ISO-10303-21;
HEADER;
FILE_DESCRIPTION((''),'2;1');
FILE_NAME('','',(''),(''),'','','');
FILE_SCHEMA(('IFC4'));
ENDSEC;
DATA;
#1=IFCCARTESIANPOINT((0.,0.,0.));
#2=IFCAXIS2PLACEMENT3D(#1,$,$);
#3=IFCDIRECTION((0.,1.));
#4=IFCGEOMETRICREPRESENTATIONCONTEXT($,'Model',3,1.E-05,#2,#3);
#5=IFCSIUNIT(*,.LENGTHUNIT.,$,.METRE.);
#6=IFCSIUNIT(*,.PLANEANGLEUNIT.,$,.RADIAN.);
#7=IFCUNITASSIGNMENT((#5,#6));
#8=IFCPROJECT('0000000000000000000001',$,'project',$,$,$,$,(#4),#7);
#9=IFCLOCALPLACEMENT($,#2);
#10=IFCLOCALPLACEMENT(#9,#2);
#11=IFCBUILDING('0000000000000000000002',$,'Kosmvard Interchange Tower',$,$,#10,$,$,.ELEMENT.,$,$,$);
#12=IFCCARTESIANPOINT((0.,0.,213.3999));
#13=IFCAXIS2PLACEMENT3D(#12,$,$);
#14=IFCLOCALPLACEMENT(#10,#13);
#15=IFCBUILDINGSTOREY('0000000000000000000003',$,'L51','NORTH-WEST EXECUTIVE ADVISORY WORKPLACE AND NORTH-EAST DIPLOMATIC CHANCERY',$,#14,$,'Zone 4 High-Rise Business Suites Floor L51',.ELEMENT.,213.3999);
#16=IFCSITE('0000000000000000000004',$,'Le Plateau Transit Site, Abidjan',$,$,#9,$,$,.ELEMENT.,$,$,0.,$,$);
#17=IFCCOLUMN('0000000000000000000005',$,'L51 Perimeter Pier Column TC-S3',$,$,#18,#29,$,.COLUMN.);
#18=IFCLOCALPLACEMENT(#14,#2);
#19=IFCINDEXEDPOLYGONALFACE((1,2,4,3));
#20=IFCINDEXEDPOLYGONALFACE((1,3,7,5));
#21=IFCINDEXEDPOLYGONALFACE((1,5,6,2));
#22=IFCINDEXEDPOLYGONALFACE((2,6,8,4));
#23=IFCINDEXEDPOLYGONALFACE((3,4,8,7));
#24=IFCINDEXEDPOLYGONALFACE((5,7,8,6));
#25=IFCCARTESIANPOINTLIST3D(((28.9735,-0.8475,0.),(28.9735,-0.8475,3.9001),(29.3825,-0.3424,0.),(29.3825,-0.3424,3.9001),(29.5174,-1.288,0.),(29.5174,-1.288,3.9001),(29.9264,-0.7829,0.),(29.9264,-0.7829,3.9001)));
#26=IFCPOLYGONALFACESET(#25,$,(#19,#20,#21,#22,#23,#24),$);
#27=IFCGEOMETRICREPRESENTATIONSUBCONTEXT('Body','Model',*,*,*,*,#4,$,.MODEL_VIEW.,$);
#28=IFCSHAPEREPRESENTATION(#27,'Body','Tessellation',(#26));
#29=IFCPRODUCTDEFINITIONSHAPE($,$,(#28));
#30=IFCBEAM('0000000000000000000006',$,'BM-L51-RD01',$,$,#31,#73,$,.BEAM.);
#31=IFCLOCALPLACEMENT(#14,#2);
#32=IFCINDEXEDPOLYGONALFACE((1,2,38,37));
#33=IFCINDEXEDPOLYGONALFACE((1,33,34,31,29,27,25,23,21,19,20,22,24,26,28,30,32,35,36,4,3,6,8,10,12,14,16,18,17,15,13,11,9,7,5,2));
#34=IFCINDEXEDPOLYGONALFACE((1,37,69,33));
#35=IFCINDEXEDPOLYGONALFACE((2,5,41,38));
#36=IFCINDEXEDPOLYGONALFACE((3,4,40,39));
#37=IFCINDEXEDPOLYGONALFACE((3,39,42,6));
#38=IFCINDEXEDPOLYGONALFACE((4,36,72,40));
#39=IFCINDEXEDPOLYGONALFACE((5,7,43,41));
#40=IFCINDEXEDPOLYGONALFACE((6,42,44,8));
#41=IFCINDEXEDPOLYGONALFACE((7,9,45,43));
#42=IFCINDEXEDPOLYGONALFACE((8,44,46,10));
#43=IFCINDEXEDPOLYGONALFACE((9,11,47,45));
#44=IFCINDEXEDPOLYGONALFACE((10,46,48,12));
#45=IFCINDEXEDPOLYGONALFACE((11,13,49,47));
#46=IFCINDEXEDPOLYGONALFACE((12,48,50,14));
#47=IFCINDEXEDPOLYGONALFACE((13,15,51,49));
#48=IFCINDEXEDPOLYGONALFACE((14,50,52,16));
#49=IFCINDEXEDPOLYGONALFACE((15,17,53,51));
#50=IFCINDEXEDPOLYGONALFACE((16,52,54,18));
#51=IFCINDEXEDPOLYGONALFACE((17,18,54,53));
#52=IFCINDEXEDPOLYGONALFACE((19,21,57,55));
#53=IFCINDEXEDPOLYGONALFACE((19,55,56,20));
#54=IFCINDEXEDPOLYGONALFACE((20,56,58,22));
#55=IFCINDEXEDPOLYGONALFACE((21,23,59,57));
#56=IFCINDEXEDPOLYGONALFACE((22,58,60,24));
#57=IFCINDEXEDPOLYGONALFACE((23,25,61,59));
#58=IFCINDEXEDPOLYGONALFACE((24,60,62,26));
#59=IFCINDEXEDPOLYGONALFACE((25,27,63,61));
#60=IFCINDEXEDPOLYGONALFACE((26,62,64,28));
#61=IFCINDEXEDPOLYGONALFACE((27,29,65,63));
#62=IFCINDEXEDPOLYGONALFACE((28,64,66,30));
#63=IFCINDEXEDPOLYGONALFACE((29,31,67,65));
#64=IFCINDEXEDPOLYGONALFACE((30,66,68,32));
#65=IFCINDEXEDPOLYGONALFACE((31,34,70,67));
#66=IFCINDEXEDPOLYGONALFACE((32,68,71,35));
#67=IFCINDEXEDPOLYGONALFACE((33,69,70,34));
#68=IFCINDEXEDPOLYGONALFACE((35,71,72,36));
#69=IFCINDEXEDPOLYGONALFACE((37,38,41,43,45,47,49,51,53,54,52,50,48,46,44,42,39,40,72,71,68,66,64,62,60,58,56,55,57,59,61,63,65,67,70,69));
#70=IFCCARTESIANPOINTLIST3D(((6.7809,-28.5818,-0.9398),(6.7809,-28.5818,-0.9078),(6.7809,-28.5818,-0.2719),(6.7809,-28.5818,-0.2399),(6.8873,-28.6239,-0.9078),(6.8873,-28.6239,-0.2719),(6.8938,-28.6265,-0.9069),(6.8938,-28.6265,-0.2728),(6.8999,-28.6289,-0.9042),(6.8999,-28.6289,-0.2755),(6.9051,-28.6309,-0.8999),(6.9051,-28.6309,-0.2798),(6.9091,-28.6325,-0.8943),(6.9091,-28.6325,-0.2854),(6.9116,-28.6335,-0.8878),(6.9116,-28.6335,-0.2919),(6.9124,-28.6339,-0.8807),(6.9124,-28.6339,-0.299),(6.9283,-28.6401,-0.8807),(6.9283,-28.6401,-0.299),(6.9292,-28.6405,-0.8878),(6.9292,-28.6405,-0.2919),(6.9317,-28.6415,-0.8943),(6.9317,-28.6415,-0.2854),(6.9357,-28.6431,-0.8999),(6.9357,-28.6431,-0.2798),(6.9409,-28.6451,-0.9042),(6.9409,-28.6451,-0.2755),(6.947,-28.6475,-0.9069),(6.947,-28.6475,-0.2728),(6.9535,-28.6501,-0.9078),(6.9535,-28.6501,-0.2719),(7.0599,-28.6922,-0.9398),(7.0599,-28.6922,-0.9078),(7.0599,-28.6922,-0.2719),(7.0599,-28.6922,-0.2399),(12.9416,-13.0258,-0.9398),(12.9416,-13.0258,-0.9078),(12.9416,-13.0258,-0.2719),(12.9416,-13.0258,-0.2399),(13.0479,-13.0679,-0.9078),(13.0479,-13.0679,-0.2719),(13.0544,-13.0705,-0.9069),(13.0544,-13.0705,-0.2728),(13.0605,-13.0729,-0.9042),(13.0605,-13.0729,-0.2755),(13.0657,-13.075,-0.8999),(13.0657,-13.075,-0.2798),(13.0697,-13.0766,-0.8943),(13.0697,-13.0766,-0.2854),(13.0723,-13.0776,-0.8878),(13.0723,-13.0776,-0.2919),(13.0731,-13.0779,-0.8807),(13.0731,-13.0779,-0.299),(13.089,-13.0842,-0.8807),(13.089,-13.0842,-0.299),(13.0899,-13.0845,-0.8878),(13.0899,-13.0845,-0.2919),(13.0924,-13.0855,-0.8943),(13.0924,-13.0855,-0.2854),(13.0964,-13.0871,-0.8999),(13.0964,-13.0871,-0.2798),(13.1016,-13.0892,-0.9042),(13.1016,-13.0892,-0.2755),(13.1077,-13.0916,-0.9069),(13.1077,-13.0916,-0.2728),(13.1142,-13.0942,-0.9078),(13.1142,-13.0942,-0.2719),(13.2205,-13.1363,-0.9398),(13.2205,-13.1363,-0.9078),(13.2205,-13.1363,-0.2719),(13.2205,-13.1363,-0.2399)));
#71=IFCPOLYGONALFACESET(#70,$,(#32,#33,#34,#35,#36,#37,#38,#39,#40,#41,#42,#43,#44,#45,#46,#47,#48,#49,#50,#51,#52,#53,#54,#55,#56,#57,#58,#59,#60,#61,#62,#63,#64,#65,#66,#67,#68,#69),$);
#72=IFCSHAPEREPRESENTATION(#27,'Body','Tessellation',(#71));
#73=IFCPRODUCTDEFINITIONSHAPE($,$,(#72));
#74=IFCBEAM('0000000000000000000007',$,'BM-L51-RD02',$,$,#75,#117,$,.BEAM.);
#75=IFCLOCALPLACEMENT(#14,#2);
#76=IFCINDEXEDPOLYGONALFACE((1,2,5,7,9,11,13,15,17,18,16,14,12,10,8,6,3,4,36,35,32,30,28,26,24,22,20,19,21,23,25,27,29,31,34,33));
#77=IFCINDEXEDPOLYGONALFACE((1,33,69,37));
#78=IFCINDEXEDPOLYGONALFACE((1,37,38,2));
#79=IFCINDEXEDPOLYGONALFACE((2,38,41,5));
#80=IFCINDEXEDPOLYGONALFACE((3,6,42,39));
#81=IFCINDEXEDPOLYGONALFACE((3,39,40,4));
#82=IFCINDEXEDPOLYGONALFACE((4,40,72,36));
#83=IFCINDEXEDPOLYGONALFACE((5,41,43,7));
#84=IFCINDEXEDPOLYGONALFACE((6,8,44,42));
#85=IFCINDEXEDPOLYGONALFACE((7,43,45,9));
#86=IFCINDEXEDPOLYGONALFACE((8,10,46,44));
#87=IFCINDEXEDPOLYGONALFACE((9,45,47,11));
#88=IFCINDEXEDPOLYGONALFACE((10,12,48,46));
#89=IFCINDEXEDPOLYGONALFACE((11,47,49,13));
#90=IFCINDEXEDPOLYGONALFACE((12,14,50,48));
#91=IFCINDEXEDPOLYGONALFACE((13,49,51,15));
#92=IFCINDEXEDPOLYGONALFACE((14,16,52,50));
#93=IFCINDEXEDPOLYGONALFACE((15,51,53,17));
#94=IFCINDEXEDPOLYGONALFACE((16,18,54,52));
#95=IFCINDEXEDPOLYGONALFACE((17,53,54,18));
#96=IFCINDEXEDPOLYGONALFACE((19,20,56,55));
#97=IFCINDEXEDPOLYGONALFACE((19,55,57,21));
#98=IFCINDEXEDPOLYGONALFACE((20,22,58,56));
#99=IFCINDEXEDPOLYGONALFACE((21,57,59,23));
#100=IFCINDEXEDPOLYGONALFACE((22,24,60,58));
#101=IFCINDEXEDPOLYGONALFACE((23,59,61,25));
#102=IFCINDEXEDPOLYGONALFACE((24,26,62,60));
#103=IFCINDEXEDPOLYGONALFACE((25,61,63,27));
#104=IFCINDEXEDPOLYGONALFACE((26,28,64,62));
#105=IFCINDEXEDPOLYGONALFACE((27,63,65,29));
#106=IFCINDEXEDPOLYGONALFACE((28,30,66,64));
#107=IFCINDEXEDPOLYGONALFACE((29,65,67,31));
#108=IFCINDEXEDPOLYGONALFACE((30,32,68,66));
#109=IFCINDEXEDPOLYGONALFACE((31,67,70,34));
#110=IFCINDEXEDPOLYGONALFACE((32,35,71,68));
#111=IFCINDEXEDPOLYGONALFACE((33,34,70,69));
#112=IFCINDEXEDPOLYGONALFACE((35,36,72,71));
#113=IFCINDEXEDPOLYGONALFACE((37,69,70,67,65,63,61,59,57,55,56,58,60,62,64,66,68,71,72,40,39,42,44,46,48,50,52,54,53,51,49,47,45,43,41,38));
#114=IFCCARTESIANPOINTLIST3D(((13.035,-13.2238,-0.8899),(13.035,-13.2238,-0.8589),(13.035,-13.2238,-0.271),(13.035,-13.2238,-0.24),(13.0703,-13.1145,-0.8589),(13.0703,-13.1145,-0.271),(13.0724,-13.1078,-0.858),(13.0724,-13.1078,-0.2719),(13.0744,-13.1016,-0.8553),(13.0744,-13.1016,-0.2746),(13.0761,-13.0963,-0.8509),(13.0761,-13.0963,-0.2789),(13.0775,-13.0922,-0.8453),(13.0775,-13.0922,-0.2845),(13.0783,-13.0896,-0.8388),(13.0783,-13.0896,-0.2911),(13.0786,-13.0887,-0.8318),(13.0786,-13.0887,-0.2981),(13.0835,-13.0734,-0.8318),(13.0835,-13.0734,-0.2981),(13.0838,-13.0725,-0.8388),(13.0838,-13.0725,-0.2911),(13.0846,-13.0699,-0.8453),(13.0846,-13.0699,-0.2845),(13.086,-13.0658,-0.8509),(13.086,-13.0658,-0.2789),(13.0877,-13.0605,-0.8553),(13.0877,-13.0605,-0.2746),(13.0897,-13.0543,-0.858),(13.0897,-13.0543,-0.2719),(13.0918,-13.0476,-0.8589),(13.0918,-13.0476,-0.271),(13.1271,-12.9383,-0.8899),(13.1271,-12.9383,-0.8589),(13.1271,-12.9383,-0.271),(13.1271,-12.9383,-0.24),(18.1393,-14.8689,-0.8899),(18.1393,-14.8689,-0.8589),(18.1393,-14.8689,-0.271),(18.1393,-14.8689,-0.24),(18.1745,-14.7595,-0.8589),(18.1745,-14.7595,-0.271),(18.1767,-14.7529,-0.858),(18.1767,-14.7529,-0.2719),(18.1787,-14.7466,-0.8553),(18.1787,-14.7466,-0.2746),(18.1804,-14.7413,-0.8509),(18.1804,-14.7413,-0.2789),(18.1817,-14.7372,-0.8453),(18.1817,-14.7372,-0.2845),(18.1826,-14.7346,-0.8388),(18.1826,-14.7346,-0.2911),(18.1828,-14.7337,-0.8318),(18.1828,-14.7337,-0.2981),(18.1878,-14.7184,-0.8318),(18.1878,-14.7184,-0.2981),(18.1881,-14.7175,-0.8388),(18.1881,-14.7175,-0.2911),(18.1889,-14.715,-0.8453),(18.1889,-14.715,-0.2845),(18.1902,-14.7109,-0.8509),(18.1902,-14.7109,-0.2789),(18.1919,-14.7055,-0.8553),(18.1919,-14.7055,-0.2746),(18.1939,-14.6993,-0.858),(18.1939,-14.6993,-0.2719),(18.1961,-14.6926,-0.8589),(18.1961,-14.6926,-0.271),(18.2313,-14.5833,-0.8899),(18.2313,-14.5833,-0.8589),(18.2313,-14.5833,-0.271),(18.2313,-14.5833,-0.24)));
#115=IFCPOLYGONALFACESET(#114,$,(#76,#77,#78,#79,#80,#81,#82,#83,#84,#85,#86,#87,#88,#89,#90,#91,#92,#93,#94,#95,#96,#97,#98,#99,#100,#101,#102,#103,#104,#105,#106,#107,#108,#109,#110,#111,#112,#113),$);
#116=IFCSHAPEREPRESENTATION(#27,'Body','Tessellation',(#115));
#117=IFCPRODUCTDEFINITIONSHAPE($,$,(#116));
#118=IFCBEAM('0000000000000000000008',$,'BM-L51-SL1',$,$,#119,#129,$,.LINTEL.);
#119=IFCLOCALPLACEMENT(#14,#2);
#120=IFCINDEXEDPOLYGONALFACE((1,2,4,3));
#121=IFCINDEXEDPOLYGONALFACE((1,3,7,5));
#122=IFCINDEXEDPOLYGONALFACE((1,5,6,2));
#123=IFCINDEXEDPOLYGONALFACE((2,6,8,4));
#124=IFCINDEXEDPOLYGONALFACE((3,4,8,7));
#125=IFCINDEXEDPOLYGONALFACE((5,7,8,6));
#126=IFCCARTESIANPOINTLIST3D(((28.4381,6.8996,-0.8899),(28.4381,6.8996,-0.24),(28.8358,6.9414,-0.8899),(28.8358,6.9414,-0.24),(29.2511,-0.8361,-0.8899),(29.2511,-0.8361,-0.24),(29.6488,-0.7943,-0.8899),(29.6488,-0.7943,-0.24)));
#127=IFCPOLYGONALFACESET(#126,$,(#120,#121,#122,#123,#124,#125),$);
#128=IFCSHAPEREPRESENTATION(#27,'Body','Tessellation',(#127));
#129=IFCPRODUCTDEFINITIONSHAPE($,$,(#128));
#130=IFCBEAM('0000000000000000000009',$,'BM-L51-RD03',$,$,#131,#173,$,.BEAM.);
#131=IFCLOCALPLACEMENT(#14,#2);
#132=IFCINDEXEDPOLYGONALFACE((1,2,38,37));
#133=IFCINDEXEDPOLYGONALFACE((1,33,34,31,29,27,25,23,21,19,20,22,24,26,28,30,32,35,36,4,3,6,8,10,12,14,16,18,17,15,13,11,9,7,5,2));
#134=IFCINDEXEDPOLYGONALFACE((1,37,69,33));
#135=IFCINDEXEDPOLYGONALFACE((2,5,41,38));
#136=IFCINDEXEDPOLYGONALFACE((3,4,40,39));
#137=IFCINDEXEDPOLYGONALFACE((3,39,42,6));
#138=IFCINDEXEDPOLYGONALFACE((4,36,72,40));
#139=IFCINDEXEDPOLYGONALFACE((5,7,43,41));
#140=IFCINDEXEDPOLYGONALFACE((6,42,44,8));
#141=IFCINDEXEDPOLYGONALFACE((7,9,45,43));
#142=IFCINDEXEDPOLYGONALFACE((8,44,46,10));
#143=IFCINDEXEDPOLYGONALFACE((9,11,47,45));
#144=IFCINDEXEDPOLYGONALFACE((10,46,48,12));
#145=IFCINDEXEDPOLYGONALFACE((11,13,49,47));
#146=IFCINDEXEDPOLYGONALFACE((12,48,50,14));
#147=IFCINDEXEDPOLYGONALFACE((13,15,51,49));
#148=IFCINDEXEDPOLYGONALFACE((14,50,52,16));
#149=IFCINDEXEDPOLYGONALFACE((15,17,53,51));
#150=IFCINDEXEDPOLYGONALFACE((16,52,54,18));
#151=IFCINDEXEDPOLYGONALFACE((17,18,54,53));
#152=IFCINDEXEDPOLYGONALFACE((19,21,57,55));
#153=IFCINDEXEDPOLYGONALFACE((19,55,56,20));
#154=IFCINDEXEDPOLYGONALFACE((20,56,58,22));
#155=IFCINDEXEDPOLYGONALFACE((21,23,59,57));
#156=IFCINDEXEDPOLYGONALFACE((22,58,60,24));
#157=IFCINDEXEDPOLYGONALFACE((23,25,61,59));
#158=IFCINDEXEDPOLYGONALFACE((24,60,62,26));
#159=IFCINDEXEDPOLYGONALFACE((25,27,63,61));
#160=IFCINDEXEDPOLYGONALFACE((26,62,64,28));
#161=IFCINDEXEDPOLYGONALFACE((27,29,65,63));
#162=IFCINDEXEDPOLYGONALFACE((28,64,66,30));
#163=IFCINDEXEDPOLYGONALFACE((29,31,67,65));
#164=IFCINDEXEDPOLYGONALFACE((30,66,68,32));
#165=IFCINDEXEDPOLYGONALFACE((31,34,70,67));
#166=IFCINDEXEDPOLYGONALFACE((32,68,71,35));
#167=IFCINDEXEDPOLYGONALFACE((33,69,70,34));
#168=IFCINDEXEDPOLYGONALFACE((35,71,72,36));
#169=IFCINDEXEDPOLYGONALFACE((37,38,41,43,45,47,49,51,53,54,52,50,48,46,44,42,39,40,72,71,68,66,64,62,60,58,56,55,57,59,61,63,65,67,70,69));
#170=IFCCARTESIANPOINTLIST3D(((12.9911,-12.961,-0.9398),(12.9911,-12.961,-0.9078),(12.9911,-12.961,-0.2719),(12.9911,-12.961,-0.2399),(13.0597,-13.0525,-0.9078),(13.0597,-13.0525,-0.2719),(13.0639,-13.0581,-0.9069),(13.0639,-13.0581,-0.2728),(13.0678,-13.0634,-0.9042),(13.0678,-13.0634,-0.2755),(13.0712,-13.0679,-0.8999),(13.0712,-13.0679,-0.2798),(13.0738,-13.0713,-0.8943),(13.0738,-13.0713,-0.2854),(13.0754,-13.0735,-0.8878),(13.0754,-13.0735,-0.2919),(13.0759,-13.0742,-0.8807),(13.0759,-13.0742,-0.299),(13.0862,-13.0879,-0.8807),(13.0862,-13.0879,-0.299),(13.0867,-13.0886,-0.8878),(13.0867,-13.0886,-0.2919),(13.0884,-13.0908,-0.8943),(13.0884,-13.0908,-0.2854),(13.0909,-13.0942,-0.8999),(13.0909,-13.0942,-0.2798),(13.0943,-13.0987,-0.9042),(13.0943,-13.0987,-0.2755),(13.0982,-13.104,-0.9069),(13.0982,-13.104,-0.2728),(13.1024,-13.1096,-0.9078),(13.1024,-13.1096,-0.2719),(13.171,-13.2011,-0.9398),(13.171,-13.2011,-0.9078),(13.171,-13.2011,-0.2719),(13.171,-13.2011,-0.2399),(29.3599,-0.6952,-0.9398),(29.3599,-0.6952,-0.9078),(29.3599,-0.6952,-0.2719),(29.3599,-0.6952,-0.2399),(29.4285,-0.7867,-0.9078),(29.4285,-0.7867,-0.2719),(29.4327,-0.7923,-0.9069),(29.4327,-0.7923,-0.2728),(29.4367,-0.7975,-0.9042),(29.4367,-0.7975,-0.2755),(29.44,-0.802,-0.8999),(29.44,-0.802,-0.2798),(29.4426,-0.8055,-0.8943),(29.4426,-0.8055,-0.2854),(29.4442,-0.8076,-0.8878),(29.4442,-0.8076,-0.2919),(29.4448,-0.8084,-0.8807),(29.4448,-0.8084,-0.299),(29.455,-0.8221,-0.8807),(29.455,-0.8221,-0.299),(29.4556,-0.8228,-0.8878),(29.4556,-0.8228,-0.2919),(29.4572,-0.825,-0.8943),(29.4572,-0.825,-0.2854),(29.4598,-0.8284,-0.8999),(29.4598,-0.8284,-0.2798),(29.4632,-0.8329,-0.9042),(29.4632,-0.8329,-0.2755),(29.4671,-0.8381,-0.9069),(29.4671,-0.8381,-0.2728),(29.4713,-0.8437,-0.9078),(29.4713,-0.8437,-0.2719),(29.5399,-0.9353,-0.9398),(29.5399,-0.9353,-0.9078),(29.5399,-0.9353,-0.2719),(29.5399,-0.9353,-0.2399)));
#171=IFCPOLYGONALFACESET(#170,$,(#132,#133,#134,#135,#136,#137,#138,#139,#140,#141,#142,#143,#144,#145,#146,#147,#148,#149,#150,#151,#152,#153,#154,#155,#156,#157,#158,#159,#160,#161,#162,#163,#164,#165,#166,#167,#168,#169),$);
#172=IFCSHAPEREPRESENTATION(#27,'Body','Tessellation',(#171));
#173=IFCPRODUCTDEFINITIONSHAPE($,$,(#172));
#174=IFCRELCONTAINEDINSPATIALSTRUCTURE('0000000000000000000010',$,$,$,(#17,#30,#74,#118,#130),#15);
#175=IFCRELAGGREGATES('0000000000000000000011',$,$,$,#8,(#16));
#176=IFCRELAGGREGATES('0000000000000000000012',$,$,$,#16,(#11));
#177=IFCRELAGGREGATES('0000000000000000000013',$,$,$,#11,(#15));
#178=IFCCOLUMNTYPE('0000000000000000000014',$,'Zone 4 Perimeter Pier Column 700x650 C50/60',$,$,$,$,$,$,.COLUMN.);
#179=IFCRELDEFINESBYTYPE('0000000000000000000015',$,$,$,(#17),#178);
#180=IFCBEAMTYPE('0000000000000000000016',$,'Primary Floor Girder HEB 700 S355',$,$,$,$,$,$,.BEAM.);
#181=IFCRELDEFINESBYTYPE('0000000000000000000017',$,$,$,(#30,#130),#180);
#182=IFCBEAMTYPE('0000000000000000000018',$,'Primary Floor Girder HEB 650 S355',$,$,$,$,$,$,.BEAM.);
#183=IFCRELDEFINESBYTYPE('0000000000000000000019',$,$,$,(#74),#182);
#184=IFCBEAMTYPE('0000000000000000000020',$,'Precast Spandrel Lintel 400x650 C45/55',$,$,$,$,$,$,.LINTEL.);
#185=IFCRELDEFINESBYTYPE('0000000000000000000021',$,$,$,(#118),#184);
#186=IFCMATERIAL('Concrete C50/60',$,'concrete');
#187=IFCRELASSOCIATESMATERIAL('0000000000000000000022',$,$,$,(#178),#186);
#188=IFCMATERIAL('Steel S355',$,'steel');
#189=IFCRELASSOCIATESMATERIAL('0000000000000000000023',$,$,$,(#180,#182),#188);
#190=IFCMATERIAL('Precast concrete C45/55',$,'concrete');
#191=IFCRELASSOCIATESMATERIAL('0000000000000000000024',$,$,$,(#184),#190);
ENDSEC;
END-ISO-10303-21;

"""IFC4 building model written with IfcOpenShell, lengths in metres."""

from ifc_helpers import new_model, si_unit, direction, frame, origin, origin_2d, place, context, subcontext, project, spatial, rectangle, i_section, extrude, source, transform, mapped, material, material_profile, profile_set, type_object, element, save


model = new_model("IFC4")

# Units and contexts
model_context = context("Model", 3, precision=1e-05, world=origin(), true_north=direction((0.0, 1.0)))
body_context = subcontext(model_context, "Body", "Model", "MODEL_VIEW")
ifc_project = project(units=[si_unit("LENGTHUNIT", "METRE"), si_unit("PLANEANGLEUNIT", "RADIAN")], contexts=[model_context])

# Site, building, storey
site_placement = place(None, origin())
site = spatial("IfcSite", under=ifc_project, at=site_placement, Name="Le Plateau Transit Site, Abidjan", CompositionType="ELEMENT", RefElevation=0.0)
building_placement = place(site_placement, origin())
building = spatial("IfcBuilding", under=site, at=building_placement, Name="Kosmvard Interchange Tower", CompositionType="ELEMENT")
storey_placement = place(building_placement, frame((0.0, 0.0, 213.3999)))
storey = spatial("IfcBuildingStorey", under=building, at=storey_placement, Name="L51", Description="NORTH-WEST EXECUTIVE ADVISORY WORKPLACE AND NORTH-EAST DIPLOMATIC CHANCERY", LongName="Zone 4 High-Rise Business Suites Floor L51", CompositionType="ELEMENT", Elevation=213.3999)

# Column
ifc_material_1 = material(Name="Concrete C50/60", Category="concrete")
ifc_material_profile_1 = material_profile(ifc_material_1, rectangle(XDim=0.6499, YDim=0.7, at=origin_2d()), Name="TC 700x650")
ifc_profile_set_1 = profile_set([ifc_material_profile_1], Name="Concrete C50/60")
column_type = type_object("IfcColumnType", Name="Zone 4 Perimeter Pier Column 700x650 C50/60", PredefinedType="COLUMN", material=ifc_profile_set_1)
shared_shape_1 = source(origin(), body_context, "Body", "SweptSolid", [
    extrude(rectangle(XDim=0.6499, YDim=0.7, at=origin_2d()), origin(), (0.0, 0.0, 1.0), 3.9001),
])
column_placement = place(storey_placement, frame((29.45, -0.8152, 0.0), z_axis=(0.0, 0.0, 1.0), x_axis=(0.62932, 0.777146, 0.0)))
element("IfcColumn", 1, at=column_placement, inside=storey, type_object=column_type, Name="L51 Perimeter Pier Column TC-S3", PredefinedType="COLUMN", context=body_context, shape_type="MappedRepresentation", body=[
    mapped(shared_shape_1, transform((0.0, 0.0, 0.0), scale=1.0)),
])

# Beams
ifc_material_2 = material(Name="Steel S355", Category="steel")
ifc_material_profile_2 = material_profile(ifc_material_2, i_section(OverallWidth=0.3, OverallDepth=0.7, WebThickness=0.0171, FlangeThickness=0.032, FilletRadius=0.0271, at=origin_2d()), Name="HEB 700")
ifc_profile_set_2 = profile_set([ifc_material_profile_2], Name="Steel S355")
beam_type_1 = type_object("IfcBeamType", Name="Primary Floor Girder HEB 700 S355", PredefinedType="BEAM", material=ifc_profile_set_2)
shared_shape_2 = source(origin(), body_context, "Body", "SweptSolid", [
    extrude(i_section(OverallWidth=0.3, OverallDepth=0.7, WebThickness=0.0171, FlangeThickness=0.032, FilletRadius=0.0271, at=origin_2d()), origin(), (0.0, 0.0, 1.0), 16.7314),
])
beam_1_placement = place(storey_placement, frame((13.0811, -13.0811, -0.5898), z_axis=(-0.368209, -0.929743, 0.0), x_axis=(0.929743, -0.368209, 0.0)))
element("IfcBeam", 2, at=beam_1_placement, inside=storey, type_object=beam_type_1, Name="BM-L51-RD01", PredefinedType="BEAM", context=body_context, shape_type="MappedRepresentation", body=[
    mapped(shared_shape_2, transform((0.0, 0.0, 0.0), scale=1.0)),
])
ifc_material_profile_3 = material_profile(ifc_material_2, i_section(OverallWidth=0.3, OverallDepth=0.6499, WebThickness=0.0161, FlangeThickness=0.031, FilletRadius=0.0271, at=origin_2d()), Name="HEB 650")
ifc_profile_set_3 = profile_set([ifc_material_profile_3], Name="Steel S355")
beam_type_2 = type_object("IfcBeamType", Name="Primary Floor Girder HEB 650 S355", PredefinedType="BEAM", material=ifc_profile_set_3)
shared_shape_3 = source(origin(), body_context, "Body", "SweptSolid", [
    extrude(i_section(OverallWidth=0.3, OverallDepth=0.6499, WebThickness=0.0161, FlangeThickness=0.031, FilletRadius=0.0271, at=origin_2d()), origin(), (0.0, 0.0, 1.0), 5.3628),
])
beam_2_placement = place(storey_placement, frame((13.0811, -13.0811, -0.5649), z_axis=(0.951791, -0.306747, 0.0), x_axis=(0.306747, 0.951791, 0.0)))
element("IfcBeam", 3, at=beam_2_placement, inside=storey, type_object=beam_type_2, Name="BM-L51-RD02", PredefinedType="BEAM", context=body_context, shape_type="MappedRepresentation", body=[
    mapped(shared_shape_3, transform((0.0, 0.0, 0.0), scale=1.0)),
])
ifc_material_3 = material(Name="Precast concrete C45/55", Category="concrete")
ifc_material_profile_4 = material_profile(ifc_material_3, rectangle(XDim=0.3999, YDim=0.6499, at=origin_2d()), Name="SL 400x650")
ifc_profile_set_4 = profile_set([ifc_material_profile_4], Name="Precast concrete C45/55")
beam_type_3 = type_object("IfcBeamType", Name="Precast Spandrel Lintel 400x650 C45/55", PredefinedType="LINTEL", material=ifc_profile_set_4)
shared_shape_4 = source(origin(), body_context, "Body", "SweptSolid", [
    extrude(rectangle(XDim=0.3999, YDim=0.6499, at=origin_2d()), origin(), (0.0, 0.0, 1.0), 7.7783),
])
beam_3_placement = place(storey_placement, frame((29.45, -0.8152, -0.5649), z_axis=(-0.104521, 0.994523, 0.0), x_axis=(-0.994523, -0.104521, 0.0)))
element("IfcBeam", 4, at=beam_3_placement, inside=storey, type_object=beam_type_3, Name="BM-L51-SL1", PredefinedType="LINTEL", context=body_context, shape_type="MappedRepresentation", body=[
    mapped(shared_shape_4, transform((0.0, 0.0, 0.0), scale=1.0)),
])
shared_shape_5 = source(origin(), body_context, "Body", "SweptSolid", [
    extrude(i_section(OverallWidth=0.3, OverallDepth=0.7, WebThickness=0.0171, FlangeThickness=0.032, FilletRadius=0.0271, at=origin_2d()), origin(), (0.0, 0.0, 1.0), 20.4546),
])
beam_4_placement = place(storey_placement, frame((13.0811, -13.0811, -0.5898), z_axis=(0.800253, 0.599662, 0.0), x_axis=(-0.599662, 0.800253, 0.0)))
element("IfcBeam", 5, at=beam_4_placement, inside=storey, type_object=beam_type_1, Name="BM-L51-RD03", PredefinedType="BEAM", context=body_context, shape_type="MappedRepresentation", body=[
    mapped(shared_shape_5, transform((0.0, 0.0, 0.0), scale=1.0)),
])

save(model, "model.ifc")
